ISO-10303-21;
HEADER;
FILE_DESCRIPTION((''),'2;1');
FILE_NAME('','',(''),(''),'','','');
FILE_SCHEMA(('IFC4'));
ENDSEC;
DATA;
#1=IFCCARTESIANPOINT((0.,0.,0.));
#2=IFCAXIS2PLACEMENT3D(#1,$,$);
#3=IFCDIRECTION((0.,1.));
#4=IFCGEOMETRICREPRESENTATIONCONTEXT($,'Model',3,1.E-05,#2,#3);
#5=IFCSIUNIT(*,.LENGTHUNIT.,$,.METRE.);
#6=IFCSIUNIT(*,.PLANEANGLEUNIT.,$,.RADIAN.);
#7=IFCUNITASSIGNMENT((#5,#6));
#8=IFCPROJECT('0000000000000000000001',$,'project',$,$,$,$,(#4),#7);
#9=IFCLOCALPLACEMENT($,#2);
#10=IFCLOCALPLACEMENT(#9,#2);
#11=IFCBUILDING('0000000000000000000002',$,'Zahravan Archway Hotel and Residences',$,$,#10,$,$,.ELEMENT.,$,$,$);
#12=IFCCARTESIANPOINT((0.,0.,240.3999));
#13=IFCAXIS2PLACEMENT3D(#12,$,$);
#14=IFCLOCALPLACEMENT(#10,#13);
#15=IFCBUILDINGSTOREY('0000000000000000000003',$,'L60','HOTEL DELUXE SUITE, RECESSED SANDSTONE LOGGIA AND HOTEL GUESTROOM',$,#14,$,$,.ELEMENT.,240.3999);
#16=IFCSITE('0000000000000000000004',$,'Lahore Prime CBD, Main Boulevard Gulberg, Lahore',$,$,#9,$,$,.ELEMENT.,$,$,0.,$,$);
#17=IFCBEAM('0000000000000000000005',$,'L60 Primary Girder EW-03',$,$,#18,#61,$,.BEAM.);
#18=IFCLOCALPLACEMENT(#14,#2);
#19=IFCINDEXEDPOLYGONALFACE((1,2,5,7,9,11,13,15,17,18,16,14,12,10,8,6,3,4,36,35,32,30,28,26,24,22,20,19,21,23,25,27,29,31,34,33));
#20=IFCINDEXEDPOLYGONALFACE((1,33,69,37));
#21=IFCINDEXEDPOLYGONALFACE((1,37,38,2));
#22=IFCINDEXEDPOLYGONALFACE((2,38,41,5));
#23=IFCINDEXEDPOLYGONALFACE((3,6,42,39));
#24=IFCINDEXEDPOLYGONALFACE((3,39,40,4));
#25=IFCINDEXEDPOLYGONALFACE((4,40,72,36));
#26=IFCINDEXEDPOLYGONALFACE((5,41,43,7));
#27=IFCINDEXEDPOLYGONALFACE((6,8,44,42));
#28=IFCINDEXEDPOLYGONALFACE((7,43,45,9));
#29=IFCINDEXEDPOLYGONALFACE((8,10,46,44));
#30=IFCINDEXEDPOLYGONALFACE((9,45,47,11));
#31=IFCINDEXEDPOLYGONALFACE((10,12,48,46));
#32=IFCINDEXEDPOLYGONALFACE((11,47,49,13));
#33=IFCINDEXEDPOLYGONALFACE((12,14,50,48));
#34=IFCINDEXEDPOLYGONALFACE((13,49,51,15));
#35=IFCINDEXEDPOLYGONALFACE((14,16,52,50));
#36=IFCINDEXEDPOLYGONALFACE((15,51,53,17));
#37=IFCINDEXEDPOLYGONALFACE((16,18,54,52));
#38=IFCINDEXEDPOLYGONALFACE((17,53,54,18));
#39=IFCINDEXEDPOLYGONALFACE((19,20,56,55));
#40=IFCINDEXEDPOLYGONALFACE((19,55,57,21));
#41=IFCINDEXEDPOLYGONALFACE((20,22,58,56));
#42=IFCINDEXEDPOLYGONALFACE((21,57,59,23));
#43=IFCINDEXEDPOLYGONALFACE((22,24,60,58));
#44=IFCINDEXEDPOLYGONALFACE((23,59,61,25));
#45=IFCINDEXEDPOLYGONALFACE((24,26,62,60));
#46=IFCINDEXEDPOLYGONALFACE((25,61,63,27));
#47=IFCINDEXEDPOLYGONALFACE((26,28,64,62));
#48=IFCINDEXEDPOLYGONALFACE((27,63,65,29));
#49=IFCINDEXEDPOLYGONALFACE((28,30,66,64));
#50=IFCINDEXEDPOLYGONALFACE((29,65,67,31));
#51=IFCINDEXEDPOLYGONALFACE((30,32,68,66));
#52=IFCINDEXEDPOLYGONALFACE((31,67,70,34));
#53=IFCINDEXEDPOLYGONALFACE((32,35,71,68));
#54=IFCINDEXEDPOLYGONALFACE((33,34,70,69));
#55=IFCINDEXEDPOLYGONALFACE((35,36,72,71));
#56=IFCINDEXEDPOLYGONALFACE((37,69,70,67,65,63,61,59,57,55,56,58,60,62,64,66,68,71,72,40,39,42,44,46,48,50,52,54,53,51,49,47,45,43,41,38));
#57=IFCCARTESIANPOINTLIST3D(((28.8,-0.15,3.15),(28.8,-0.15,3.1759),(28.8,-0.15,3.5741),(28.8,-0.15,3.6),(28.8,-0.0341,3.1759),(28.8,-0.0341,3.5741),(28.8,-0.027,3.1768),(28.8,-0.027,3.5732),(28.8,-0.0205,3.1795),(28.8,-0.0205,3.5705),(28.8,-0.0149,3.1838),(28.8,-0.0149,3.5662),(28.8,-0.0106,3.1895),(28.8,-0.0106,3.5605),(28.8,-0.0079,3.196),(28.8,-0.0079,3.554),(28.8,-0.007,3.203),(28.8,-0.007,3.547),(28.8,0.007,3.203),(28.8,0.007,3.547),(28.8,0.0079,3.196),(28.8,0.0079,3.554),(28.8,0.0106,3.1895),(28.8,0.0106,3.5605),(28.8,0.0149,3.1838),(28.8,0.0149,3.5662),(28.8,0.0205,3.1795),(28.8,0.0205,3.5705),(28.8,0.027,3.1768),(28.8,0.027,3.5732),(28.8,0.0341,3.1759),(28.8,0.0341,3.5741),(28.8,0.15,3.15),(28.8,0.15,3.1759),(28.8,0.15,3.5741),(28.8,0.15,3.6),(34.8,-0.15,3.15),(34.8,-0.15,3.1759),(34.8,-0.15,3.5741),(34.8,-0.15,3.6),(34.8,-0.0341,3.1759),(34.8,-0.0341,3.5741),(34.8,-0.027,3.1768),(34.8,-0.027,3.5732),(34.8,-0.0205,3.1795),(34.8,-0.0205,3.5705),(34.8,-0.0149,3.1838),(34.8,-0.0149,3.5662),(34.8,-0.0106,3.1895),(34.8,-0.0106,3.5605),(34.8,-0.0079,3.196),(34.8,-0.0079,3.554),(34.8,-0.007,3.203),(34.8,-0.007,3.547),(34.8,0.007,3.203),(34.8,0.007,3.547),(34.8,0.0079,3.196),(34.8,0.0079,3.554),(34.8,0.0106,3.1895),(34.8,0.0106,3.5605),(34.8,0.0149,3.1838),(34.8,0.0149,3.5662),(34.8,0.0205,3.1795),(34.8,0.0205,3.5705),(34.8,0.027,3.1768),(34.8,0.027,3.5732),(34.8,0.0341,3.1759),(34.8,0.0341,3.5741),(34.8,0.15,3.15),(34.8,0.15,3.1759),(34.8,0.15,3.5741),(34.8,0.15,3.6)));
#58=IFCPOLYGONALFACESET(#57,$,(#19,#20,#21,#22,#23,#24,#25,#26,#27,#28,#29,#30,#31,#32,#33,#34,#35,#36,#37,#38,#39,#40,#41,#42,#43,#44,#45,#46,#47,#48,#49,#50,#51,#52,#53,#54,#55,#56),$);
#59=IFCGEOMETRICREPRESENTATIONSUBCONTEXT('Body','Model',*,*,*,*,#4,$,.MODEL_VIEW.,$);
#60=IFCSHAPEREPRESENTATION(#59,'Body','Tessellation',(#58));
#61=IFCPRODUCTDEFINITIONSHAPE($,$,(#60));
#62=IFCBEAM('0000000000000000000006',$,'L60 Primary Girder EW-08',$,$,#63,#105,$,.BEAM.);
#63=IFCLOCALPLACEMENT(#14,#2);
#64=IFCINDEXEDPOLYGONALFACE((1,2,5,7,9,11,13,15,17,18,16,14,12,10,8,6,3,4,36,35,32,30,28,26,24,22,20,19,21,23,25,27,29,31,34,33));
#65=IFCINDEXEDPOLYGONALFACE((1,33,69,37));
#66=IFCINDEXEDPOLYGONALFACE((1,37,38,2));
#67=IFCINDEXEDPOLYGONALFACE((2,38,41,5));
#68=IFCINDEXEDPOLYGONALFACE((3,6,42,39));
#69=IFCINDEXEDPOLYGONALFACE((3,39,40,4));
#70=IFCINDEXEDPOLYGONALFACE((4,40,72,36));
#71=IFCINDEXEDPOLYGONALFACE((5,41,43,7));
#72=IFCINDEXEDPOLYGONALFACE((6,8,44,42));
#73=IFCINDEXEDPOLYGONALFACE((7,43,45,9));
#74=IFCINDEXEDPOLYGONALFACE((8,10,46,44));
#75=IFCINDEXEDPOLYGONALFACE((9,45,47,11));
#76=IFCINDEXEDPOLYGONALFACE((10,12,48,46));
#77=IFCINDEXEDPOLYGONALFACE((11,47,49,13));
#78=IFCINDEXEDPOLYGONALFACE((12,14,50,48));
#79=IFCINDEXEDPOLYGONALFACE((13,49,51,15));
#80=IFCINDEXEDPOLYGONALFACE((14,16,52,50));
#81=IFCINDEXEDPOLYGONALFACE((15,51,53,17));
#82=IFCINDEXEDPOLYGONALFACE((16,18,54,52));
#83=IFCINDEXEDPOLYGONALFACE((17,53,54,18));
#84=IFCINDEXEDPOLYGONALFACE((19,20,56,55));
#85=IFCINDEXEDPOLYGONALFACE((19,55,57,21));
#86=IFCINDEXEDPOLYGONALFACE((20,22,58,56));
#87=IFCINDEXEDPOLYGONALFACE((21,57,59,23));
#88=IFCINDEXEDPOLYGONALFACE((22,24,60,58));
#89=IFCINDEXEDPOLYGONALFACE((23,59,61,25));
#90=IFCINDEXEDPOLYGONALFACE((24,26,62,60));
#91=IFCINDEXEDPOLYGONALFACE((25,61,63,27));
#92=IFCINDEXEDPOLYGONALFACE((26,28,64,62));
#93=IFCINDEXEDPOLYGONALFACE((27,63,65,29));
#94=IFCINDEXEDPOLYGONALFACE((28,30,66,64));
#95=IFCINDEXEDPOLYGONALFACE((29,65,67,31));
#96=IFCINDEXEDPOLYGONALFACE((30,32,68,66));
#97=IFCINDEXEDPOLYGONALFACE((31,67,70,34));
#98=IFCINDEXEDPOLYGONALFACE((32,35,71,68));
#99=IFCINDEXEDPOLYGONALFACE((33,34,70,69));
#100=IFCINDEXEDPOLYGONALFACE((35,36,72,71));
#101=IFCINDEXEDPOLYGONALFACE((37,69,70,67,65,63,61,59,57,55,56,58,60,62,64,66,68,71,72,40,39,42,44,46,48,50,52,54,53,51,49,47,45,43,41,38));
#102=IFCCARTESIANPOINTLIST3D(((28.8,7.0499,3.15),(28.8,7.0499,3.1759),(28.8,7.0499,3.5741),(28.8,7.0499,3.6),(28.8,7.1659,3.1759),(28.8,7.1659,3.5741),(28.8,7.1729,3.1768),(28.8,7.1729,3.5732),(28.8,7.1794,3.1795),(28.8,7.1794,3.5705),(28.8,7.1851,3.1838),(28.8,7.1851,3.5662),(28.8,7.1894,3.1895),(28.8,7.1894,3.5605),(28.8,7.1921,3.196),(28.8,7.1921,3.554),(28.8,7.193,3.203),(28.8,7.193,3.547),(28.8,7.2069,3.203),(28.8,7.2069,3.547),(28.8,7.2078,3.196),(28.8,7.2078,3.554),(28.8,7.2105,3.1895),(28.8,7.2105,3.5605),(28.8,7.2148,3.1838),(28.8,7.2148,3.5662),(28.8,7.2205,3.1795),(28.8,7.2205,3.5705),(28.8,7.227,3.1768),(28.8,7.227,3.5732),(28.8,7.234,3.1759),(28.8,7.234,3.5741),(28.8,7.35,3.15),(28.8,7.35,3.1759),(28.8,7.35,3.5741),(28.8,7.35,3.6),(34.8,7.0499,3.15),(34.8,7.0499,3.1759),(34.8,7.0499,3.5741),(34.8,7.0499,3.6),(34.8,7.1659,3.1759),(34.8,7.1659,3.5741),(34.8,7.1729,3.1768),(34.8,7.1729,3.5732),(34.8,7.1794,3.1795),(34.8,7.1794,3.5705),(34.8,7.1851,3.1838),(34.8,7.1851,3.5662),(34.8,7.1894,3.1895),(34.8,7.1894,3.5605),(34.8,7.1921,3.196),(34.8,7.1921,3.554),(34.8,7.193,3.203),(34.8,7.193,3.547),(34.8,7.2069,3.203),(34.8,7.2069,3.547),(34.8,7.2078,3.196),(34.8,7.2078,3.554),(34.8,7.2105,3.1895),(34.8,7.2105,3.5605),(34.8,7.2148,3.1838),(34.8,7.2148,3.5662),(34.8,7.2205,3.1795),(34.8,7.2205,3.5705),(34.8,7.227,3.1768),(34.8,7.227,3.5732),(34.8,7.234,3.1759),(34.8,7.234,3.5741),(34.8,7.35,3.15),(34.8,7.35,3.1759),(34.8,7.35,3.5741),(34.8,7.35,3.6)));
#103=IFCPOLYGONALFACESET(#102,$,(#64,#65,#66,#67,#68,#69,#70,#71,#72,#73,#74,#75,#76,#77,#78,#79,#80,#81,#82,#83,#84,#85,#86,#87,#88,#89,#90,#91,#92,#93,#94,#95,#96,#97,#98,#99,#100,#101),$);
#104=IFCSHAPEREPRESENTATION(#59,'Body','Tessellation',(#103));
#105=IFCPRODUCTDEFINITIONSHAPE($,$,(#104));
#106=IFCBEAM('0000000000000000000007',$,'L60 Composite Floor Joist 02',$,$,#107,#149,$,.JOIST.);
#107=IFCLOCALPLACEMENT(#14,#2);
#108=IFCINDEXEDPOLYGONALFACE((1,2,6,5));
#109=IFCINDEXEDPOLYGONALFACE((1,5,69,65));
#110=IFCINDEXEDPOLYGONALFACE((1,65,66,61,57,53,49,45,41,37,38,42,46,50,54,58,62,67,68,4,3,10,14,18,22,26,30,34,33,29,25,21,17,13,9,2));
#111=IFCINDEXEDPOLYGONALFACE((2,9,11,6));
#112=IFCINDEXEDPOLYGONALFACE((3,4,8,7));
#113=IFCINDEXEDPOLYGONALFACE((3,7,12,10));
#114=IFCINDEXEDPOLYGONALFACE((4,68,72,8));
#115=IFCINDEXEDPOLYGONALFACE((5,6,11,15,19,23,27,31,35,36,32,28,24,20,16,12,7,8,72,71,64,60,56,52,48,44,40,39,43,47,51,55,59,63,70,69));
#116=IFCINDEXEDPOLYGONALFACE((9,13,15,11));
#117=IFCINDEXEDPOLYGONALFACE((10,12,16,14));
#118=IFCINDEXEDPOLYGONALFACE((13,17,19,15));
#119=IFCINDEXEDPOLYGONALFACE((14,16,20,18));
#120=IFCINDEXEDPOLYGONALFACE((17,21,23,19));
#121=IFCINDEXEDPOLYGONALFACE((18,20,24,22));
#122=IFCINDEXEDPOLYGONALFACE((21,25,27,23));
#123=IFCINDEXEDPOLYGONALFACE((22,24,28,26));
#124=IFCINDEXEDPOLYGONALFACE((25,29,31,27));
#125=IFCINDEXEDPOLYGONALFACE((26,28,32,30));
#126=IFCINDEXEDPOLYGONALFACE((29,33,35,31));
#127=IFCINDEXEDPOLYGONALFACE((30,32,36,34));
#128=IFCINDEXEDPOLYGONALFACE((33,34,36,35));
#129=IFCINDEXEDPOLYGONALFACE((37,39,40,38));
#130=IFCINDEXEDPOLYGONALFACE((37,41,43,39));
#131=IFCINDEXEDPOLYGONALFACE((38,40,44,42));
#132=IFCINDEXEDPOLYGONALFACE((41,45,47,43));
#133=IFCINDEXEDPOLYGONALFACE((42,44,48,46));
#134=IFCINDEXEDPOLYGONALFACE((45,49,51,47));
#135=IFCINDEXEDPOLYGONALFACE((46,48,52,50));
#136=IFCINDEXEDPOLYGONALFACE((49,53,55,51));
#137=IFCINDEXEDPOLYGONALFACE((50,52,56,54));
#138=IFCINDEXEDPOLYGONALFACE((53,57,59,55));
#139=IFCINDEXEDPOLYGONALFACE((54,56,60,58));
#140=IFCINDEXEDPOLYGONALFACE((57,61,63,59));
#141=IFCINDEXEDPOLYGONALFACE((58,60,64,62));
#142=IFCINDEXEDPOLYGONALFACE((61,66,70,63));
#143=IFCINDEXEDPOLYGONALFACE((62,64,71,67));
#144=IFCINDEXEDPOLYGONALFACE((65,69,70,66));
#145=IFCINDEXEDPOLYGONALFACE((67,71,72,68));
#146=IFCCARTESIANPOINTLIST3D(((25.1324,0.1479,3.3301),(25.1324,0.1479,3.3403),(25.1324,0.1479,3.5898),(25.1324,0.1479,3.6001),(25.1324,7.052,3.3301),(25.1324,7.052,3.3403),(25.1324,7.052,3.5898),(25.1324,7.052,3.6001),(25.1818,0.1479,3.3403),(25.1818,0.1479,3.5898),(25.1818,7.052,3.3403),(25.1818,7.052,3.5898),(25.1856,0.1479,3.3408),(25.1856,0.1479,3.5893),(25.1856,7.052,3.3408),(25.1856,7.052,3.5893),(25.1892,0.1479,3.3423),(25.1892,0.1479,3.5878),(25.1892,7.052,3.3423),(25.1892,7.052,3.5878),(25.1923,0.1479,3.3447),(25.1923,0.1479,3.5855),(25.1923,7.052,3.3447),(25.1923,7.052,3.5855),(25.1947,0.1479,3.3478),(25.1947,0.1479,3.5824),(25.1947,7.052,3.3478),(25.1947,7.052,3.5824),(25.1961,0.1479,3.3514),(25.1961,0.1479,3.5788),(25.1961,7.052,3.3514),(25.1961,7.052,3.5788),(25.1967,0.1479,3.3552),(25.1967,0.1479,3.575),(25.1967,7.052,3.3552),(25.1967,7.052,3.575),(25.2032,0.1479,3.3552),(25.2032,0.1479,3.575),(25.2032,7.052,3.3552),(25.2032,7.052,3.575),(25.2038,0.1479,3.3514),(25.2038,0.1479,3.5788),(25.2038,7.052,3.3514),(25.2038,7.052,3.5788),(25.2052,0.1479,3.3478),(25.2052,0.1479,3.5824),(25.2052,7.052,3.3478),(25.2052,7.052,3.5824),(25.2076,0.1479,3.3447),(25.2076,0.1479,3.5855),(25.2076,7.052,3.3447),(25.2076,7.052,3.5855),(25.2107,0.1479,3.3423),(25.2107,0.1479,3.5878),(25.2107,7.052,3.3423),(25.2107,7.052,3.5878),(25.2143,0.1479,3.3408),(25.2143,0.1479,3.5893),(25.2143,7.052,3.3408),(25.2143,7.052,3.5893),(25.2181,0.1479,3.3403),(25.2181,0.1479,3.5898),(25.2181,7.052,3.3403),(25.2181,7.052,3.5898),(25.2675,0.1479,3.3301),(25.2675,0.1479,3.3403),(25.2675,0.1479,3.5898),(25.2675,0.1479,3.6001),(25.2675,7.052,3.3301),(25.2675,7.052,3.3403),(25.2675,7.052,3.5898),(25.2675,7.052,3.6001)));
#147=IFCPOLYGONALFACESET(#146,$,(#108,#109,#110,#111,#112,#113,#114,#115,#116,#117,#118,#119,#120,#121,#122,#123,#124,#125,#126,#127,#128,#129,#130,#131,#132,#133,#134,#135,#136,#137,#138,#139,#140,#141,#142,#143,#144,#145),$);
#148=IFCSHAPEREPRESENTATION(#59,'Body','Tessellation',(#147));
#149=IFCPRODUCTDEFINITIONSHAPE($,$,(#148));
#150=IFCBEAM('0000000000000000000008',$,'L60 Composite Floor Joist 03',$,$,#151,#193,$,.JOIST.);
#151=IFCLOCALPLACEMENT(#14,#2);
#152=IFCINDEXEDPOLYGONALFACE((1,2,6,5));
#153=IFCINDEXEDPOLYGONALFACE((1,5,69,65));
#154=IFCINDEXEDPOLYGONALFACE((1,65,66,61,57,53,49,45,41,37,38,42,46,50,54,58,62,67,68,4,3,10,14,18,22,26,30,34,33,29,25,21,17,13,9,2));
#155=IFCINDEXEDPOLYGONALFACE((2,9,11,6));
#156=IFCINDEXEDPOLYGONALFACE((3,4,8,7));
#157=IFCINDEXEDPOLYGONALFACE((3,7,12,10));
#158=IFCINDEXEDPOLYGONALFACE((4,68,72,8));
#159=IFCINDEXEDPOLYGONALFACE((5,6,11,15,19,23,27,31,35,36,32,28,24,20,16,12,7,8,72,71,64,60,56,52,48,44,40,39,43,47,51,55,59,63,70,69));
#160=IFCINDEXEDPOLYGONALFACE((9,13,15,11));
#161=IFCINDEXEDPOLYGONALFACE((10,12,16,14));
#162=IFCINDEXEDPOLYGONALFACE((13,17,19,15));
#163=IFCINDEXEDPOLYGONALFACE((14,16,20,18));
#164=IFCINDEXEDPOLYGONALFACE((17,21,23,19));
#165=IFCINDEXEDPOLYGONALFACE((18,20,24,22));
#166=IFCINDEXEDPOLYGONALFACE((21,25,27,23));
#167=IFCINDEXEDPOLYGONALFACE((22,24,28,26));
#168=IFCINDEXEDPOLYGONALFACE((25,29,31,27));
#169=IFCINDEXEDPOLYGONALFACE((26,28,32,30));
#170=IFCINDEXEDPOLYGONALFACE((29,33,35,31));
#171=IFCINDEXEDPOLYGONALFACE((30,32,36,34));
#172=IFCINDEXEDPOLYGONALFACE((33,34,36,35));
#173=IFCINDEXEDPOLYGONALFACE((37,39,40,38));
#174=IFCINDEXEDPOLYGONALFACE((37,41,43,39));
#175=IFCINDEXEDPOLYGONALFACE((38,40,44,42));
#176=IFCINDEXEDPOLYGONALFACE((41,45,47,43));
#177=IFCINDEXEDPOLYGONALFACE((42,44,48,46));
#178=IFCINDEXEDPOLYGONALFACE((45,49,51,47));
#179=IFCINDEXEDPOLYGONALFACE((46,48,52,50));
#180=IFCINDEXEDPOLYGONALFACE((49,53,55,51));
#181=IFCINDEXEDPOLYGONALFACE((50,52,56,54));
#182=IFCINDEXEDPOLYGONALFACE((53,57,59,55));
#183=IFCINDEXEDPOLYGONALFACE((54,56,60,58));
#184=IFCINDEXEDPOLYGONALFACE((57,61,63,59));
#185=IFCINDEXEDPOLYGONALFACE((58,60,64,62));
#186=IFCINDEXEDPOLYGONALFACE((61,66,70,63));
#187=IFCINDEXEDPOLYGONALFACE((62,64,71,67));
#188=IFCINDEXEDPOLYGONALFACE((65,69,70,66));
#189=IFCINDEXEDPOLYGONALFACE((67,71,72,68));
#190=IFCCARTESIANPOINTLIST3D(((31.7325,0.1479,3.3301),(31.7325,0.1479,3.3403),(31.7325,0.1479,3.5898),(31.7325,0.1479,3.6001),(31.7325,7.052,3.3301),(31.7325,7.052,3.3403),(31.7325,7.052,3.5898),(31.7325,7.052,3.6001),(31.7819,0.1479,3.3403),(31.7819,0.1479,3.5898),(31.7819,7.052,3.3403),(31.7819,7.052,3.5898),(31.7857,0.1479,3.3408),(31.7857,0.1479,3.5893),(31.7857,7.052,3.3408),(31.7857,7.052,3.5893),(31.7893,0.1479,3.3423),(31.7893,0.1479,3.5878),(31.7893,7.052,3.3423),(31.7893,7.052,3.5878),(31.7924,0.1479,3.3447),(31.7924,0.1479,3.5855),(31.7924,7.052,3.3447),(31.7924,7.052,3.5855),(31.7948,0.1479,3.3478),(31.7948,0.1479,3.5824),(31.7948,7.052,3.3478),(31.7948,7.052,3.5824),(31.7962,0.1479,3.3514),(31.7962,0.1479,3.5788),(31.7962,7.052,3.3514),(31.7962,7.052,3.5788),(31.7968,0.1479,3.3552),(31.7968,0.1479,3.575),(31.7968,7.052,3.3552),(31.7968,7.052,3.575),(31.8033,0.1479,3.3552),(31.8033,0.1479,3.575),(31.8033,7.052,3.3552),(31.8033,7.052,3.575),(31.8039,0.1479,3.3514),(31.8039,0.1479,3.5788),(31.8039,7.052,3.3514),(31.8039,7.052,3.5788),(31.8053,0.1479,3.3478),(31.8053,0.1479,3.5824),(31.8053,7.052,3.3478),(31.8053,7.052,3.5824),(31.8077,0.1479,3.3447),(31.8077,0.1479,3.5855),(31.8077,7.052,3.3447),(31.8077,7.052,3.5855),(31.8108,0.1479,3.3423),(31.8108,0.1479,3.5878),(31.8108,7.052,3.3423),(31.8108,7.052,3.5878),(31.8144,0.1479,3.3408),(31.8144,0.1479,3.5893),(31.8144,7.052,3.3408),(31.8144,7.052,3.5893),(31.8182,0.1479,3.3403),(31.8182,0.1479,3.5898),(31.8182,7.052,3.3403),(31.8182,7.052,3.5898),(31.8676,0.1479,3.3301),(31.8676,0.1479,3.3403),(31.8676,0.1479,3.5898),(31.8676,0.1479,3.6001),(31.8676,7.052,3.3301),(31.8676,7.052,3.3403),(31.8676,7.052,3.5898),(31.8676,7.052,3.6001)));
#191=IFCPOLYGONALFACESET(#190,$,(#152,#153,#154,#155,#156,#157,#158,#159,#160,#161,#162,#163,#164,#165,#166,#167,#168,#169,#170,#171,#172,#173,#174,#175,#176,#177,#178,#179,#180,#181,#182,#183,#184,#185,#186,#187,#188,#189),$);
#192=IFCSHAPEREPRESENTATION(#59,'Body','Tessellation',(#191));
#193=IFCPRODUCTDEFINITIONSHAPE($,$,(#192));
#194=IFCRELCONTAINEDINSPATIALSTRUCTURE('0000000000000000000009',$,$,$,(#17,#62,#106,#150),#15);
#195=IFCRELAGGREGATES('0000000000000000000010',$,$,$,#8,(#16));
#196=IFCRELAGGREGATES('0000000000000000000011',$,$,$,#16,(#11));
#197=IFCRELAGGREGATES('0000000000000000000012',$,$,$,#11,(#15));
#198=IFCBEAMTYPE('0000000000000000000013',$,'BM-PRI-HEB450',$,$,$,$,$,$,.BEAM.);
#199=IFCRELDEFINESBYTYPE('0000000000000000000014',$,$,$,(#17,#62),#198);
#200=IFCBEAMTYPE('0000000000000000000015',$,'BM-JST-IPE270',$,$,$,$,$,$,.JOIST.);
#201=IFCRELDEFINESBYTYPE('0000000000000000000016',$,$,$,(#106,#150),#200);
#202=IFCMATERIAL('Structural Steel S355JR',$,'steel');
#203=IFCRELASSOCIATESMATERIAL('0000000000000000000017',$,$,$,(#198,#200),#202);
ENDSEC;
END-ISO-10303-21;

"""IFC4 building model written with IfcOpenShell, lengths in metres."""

from ifc_helpers import new_model, si_unit, direction, frame, origin, origin_2d, place, context, subcontext, project, spatial, i_section, extrude, source, transform, mapped, material, material_profile, profile_set, type_object, type_shapes, element, save


model = new_model("IFC4")

# Units and contexts
model_context = context("Model", 3, precision=1e-05, world=origin(), true_north=direction((0.0, 1.0)))
body_context = subcontext(model_context, "Body", "Model", "MODEL_VIEW")
ifc_project = project(units=[si_unit("LENGTHUNIT", "METRE"), si_unit("PLANEANGLEUNIT", "RADIAN")], contexts=[model_context])

# Site, building, storey
site_placement = place(None, origin())
site = spatial("IfcSite", under=ifc_project, at=site_placement, Name="Lahore Prime CBD, Main Boulevard Gulberg, Lahore", CompositionType="ELEMENT", RefElevation=0.0)
building_placement = place(site_placement, origin())
building = spatial("IfcBuilding", under=site, at=building_placement, Name="Zahravan Archway Hotel and Residences", CompositionType="ELEMENT")
storey_placement = place(building_placement, frame((0.0, 0.0, 240.3999)))
storey = spatial("IfcBuildingStorey", under=building, at=storey_placement, Name="L60", Description="HOTEL DELUXE SUITE, RECESSED SANDSTONE LOGGIA AND HOTEL GUESTROOM", CompositionType="ELEMENT", Elevation=240.3999)

# Beams
ifc_material_1 = material(Name="Structural Steel S355JR", Category="steel")
ifc_material_profile_1 = material_profile(ifc_material_1, i_section(OverallWidth=0.3, OverallDepth=0.45, WebThickness=0.0139, FlangeThickness=0.0259, FilletRadius=0.0271, at=origin_2d()), Name="HEB 450", Category="steel")
ifc_profile_set_1 = profile_set([ifc_material_profile_1], Name="Structural Steel S355JR")
beam_type_1 = type_object("IfcBeamType", Name="BM-PRI-HEB450", PredefinedType="BEAM", material=ifc_profile_set_1)
shared_shape_1 = source(origin(), body_context, "Body", "SweptSolid", [
    extrude(i_section(OverallWidth=0.3, OverallDepth=0.45, WebThickness=0.0139, FlangeThickness=0.0259, FilletRadius=0.0271, at=origin_2d()), origin(), (0.0, 0.0, 1.0), 6.0),
])
for number, where, z_axis, x_axis, name in (
    (1, (28.8, 0.0, 3.375), (1.0, 0.0, 0.0), (0.0, 1.0, 0.0), "L60 Primary Girder EW-03"),
    (2, (28.8, 7.2, 3.375), (1.0, 0.0, 0.0), (0.0, 1.0, 0.0), "L60 Primary Girder EW-08"),
):
    element("IfcBeam", number, at=place(storey_placement, frame(where, z_axis=z_axis, x_axis=x_axis)), inside=storey, type_object=beam_type_1, Name=name, PredefinedType="BEAM", context=body_context, shape_type="MappedRepresentation", body=[
        mapped(shared_shape_1, transform((0.0, 0.0, 0.0), scale=1.0)),
    ])
ifc_material_profile_2 = material_profile(ifc_material_1, i_section(OverallWidth=0.135, OverallDepth=0.27, WebThickness=0.0066, FlangeThickness=0.0103, FilletRadius=0.0149, at=origin_2d()), Name="IPE 270", Category="steel")
ifc_profile_set_2 = profile_set([ifc_material_profile_2], Name="Structural Steel S355JR")
beam_type_2 = type_object("IfcBeamType", Name="BM-JST-IPE270", PredefinedType="JOIST", material=ifc_profile_set_2)
shared_shape_2 = source(origin(), body_context, "Body", "SweptSolid", [
    extrude(i_section(OverallWidth=0.135, OverallDepth=0.27, WebThickness=0.0066, FlangeThickness=0.0103, FilletRadius=0.0149, at=origin_2d()), origin(), (0.0, 0.0, 1.0), 6.9041),
])
type_shapes(beam_type_2, [shared_shape_2])
for number, where, z_axis, x_axis, name in (
    (3, (25.2, 0.1479, 3.4651), (0.0, 1.0, 0.0), (-1.0, 0.0, 0.0), "L60 Composite Floor Joist 02"),
    (4, (31.8, 0.1479, 3.4651), (0.0, 1.0, 0.0), (-1.0, 0.0, 0.0), "L60 Composite Floor Joist 03"),
):
    element("IfcBeam", number, at=place(storey_placement, frame(where, z_axis=z_axis, x_axis=x_axis)), inside=storey, type_object=beam_type_2, Name=name, PredefinedType="JOIST", context=body_context, shape_type="MappedRepresentation", body=[
        mapped(shared_shape_2, transform((0.0, 0.0, 0.0), scale=1.0)),
    ])

save(model, "model.ifc")
